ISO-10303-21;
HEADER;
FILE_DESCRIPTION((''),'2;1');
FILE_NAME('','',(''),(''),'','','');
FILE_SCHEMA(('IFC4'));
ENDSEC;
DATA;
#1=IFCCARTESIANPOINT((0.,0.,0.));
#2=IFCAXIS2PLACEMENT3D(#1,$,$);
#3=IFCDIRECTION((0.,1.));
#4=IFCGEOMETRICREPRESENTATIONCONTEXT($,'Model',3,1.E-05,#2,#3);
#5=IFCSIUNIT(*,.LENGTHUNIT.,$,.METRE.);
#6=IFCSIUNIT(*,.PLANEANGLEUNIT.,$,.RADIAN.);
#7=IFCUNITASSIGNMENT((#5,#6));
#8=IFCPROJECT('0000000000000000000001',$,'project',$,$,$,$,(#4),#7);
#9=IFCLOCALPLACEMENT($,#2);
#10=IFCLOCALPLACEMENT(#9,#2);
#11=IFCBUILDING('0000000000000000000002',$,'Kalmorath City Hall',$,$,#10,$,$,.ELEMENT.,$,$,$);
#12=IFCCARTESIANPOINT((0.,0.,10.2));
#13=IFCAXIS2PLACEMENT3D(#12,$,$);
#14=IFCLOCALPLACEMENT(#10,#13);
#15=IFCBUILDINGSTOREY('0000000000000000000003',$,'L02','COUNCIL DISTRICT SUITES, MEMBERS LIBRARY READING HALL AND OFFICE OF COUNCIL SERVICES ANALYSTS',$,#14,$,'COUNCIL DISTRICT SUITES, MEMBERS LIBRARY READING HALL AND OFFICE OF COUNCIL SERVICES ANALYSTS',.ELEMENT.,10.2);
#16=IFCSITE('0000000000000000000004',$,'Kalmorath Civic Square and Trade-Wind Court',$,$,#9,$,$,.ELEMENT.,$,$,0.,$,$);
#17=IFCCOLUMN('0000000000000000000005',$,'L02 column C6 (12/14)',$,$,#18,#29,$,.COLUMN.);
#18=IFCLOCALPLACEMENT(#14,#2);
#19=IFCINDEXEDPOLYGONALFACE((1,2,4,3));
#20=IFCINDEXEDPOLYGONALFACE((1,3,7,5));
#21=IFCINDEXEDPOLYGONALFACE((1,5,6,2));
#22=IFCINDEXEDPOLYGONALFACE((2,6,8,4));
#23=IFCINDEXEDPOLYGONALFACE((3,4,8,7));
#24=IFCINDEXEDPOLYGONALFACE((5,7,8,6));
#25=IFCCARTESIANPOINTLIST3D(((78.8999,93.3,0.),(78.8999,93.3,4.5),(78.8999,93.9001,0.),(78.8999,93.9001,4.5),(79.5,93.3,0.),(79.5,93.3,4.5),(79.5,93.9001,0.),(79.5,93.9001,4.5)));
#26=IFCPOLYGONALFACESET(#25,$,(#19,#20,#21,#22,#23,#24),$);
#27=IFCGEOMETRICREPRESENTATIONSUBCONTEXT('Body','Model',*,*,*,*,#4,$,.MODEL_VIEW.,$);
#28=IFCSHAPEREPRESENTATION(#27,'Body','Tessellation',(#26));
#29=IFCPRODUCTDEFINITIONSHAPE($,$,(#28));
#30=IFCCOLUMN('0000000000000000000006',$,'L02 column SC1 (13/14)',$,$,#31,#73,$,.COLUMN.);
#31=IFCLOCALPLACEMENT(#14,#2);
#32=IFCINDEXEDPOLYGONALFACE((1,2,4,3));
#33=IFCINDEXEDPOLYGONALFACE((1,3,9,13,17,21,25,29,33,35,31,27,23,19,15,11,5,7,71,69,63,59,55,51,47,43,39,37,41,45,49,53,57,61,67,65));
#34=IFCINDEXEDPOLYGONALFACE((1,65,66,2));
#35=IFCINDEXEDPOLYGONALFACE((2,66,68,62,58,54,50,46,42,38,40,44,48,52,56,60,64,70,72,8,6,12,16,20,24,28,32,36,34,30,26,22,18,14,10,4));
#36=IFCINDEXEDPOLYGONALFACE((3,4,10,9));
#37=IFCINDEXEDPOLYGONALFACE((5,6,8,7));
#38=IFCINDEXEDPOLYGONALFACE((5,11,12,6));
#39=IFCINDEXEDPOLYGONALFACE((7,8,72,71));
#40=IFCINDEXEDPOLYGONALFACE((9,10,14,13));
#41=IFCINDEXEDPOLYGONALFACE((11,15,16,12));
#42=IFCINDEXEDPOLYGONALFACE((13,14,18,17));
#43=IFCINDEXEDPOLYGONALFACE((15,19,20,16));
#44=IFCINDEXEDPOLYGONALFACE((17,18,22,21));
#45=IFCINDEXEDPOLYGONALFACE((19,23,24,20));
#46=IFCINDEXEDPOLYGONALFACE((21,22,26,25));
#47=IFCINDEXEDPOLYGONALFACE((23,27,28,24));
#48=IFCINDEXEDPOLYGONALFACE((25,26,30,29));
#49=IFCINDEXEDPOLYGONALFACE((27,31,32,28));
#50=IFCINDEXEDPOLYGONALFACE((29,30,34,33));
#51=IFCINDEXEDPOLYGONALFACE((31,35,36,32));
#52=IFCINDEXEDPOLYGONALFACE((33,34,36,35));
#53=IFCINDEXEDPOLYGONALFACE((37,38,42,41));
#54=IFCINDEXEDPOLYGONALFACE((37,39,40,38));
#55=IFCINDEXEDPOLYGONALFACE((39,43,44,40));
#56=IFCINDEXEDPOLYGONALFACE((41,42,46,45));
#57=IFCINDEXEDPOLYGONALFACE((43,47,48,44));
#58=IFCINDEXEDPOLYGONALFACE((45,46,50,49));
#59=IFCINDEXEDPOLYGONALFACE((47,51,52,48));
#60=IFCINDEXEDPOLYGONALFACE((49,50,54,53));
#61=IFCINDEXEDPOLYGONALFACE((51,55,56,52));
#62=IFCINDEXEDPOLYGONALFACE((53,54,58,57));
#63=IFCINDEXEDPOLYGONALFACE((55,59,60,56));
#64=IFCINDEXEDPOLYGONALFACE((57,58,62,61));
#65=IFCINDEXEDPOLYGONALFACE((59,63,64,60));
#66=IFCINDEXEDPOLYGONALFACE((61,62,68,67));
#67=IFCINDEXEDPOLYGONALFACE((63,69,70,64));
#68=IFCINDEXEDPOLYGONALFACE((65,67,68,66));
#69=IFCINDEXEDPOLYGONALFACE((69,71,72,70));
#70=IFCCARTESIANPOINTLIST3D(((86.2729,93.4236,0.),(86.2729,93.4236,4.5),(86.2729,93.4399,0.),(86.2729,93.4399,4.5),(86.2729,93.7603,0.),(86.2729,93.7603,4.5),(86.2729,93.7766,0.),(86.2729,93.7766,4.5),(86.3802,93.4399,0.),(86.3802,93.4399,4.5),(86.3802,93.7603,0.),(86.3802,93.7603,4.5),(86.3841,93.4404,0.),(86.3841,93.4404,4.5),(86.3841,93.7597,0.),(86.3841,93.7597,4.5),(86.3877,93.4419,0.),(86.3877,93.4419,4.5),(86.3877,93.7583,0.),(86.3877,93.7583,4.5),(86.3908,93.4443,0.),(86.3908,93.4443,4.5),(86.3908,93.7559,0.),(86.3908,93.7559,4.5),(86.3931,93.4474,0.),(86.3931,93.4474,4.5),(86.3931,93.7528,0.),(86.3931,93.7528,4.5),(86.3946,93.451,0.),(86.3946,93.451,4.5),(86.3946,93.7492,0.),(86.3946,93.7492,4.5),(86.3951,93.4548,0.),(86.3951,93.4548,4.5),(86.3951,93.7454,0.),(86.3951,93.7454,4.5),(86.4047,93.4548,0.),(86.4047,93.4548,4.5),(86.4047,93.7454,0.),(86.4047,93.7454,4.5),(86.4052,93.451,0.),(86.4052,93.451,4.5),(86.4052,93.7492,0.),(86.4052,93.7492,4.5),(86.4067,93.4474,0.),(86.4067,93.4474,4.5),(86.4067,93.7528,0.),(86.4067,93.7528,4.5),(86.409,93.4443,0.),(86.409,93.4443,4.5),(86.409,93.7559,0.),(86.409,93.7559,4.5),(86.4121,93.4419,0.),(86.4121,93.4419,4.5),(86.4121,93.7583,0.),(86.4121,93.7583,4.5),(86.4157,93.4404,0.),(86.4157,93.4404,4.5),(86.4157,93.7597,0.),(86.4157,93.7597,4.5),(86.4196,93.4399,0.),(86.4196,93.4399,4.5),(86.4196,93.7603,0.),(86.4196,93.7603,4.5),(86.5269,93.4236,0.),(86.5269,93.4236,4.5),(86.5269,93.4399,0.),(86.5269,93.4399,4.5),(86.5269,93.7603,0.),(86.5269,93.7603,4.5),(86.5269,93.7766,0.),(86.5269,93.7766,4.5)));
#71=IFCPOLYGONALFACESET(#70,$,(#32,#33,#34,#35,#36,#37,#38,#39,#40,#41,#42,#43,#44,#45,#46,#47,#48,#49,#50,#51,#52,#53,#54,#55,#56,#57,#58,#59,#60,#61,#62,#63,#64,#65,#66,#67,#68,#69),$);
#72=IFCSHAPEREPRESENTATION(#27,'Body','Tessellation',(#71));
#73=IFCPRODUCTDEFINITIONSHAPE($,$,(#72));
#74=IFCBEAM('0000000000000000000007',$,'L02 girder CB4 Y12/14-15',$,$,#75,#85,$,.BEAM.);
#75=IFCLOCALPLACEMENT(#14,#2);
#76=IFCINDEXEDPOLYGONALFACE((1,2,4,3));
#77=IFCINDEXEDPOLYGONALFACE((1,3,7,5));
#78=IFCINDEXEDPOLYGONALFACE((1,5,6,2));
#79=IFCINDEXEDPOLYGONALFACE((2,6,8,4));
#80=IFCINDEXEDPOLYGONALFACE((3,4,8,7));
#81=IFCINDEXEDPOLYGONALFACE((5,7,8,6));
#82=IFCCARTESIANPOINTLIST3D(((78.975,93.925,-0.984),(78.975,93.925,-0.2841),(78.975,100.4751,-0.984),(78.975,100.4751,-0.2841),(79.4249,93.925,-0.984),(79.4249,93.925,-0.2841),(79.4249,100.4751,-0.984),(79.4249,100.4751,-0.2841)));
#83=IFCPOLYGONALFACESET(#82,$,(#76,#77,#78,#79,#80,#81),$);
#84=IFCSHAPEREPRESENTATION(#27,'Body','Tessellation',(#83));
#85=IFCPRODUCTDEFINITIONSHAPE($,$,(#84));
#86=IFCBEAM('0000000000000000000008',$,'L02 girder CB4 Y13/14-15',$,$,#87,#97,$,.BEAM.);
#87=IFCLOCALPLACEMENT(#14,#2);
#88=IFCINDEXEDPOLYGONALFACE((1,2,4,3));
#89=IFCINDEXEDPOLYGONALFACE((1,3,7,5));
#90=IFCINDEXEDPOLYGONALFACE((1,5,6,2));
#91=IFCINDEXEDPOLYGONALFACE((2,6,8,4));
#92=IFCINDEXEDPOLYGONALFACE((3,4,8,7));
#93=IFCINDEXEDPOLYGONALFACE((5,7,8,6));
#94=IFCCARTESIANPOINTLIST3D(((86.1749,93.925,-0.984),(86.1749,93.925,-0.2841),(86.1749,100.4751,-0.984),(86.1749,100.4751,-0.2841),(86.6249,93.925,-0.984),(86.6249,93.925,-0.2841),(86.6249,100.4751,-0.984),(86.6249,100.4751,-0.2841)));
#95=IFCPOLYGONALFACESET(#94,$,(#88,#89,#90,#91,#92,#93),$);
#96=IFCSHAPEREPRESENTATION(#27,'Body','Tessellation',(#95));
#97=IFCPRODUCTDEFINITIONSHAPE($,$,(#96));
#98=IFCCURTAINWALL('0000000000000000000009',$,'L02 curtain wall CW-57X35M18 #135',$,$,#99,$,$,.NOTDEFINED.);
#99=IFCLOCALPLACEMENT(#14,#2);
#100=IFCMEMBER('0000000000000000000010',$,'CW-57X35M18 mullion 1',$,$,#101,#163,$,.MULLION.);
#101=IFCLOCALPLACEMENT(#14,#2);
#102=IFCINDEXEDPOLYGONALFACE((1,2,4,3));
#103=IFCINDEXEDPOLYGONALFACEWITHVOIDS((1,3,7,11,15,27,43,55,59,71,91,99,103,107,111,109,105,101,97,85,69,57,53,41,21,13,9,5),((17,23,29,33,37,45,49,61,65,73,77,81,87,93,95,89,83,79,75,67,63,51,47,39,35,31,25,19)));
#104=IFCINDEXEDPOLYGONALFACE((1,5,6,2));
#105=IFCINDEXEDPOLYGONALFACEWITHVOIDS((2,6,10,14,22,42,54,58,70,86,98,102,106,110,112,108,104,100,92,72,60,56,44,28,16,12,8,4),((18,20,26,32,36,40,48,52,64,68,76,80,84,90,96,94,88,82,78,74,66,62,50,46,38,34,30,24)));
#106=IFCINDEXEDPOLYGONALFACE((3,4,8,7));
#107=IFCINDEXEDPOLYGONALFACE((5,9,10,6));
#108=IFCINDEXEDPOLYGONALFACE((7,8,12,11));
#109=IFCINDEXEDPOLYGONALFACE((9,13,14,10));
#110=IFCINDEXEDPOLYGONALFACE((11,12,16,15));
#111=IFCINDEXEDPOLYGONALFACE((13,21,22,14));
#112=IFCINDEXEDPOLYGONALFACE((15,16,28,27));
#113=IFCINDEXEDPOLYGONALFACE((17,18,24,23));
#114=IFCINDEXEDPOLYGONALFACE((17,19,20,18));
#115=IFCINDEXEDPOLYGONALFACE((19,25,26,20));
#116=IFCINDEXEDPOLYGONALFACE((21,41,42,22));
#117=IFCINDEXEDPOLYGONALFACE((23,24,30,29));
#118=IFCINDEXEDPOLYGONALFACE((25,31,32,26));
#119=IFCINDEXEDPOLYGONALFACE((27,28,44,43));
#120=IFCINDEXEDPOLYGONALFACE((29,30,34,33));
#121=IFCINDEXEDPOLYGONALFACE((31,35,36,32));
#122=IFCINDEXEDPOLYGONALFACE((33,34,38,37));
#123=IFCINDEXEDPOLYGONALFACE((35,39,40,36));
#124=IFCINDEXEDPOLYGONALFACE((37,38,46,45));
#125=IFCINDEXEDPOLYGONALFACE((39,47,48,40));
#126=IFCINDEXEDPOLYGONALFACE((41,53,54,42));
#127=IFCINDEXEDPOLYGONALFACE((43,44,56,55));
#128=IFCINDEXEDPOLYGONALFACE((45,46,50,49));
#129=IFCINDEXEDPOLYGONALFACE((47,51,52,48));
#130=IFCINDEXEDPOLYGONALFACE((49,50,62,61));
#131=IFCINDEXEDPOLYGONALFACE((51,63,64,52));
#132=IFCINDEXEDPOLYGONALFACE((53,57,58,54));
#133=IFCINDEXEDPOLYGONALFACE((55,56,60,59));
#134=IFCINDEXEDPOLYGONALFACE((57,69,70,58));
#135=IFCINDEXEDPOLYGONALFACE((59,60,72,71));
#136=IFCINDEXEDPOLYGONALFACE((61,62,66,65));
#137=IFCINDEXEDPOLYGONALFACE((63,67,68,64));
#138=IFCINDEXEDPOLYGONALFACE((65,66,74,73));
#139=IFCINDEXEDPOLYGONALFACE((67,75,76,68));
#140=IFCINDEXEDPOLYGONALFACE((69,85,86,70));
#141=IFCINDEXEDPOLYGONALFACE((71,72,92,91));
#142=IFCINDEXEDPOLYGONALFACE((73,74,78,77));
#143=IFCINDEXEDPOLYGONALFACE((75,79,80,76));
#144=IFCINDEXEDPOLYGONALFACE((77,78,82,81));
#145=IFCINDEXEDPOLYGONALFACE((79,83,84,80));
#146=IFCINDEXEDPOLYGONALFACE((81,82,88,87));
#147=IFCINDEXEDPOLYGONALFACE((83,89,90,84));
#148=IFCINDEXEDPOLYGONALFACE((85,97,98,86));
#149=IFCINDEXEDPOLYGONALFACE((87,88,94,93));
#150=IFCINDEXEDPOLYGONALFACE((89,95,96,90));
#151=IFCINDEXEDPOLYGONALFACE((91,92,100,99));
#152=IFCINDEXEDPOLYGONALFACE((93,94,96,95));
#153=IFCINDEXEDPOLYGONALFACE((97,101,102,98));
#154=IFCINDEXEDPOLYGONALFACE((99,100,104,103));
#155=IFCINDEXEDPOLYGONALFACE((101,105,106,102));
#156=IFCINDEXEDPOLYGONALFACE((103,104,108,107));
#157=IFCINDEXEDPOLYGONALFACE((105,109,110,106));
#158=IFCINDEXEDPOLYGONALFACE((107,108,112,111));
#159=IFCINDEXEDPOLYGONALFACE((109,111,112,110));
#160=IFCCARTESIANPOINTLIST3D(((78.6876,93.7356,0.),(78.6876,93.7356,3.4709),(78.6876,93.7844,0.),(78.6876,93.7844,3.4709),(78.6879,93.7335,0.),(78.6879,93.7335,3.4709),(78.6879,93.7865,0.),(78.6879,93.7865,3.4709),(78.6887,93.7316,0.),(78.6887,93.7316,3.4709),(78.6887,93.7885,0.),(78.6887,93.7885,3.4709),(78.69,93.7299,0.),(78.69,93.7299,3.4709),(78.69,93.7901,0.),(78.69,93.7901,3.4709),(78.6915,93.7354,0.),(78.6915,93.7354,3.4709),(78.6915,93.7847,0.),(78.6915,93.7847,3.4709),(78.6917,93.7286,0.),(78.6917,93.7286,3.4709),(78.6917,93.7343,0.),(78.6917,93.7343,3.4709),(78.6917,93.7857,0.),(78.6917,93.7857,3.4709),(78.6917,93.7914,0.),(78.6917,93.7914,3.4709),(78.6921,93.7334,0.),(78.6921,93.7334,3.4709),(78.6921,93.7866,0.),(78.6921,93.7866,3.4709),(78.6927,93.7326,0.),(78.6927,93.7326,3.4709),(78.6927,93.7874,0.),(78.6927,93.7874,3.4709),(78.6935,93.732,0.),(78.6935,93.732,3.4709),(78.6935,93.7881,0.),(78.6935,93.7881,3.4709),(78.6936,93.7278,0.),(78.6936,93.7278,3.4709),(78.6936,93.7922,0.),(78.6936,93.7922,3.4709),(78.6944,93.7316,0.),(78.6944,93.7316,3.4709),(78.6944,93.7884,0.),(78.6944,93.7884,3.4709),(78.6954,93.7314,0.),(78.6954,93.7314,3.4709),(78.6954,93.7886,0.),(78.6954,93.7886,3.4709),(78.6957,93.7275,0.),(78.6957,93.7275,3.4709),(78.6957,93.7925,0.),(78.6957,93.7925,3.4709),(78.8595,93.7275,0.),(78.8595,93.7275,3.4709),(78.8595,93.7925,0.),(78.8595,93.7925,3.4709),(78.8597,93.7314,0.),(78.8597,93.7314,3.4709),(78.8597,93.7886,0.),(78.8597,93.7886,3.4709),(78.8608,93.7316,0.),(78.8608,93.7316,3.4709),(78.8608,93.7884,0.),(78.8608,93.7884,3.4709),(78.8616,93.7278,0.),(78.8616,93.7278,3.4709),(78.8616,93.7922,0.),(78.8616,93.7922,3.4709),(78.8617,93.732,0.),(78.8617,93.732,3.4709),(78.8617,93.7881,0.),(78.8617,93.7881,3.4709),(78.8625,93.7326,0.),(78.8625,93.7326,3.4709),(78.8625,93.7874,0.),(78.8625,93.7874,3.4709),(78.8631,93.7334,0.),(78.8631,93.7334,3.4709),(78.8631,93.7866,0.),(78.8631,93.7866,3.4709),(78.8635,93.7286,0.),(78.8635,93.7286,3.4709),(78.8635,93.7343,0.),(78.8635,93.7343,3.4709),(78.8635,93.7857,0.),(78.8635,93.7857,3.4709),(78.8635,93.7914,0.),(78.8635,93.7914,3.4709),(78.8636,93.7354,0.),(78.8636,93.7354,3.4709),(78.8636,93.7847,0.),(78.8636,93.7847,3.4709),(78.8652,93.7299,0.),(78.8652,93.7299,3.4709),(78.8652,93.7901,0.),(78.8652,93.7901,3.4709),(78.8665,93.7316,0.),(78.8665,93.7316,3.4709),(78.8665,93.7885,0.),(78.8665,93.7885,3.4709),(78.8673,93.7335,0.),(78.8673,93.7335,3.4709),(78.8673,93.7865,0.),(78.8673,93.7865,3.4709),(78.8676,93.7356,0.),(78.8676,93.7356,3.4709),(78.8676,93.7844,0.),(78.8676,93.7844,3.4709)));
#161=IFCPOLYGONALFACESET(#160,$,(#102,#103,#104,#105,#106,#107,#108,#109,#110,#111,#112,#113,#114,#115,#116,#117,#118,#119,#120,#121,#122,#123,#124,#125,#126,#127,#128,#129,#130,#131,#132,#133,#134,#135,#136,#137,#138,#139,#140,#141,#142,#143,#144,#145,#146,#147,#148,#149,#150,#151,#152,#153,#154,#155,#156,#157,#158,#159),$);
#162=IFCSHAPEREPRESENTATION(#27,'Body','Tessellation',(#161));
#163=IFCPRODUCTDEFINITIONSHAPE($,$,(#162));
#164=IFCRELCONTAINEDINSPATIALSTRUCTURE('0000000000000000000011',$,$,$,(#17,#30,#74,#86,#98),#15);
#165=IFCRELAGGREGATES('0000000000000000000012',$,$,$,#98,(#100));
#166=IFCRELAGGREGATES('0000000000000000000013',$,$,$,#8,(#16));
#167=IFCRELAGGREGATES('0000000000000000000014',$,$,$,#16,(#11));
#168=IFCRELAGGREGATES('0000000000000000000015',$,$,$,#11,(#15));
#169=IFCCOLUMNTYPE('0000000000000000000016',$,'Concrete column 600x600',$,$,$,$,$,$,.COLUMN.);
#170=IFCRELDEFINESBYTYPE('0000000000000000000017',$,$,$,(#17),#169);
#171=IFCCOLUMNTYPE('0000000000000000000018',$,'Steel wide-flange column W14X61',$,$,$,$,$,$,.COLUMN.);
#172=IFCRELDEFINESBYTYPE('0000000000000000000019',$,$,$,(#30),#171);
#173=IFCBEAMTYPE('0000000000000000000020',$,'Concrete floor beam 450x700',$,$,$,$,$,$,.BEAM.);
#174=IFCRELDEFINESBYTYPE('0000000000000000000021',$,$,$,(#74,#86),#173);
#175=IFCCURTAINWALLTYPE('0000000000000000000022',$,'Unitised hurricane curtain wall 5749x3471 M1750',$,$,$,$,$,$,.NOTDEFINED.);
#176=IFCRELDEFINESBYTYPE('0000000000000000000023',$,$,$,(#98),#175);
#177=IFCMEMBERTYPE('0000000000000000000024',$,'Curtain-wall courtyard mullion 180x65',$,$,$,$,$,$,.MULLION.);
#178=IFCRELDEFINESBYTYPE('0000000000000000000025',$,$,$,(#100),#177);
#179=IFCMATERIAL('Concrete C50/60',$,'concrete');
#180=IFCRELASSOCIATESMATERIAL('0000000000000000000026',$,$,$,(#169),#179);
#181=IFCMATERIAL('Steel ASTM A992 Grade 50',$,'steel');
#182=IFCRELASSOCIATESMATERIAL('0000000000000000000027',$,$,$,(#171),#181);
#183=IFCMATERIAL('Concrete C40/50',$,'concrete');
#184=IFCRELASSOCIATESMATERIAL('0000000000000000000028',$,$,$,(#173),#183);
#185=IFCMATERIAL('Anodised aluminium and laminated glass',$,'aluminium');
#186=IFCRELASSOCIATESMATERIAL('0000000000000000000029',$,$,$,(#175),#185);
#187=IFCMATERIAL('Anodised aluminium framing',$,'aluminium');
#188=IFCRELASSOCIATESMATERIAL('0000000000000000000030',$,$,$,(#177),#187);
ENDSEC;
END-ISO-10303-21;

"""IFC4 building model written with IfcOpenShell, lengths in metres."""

from ifc_helpers import new_model, si_unit, direction, frame, origin, origin_2d, place, context, subcontext, project, spatial, rectangle, hollow_rectangle, i_section, extrude, material, material_profile, profile_set, type_object, element, aggregate, save


model = new_model("IFC4")

# Units and contexts
model_context = context("Model", 3, precision=1e-05, world=origin(), true_north=direction((0.0, 1.0)))
body_context = subcontext(model_context, "Body", "Model", "MODEL_VIEW")
ifc_project = project(units=[si_unit("LENGTHUNIT", "METRE"), si_unit("PLANEANGLEUNIT", "RADIAN")], contexts=[model_context])

# Site, building, storey
site_placement = place(None, origin())
site = spatial("IfcSite", under=ifc_project, at=site_placement, Name="Kalmorath Civic Square and Trade-Wind Court", CompositionType="ELEMENT", RefElevation=0.0)
building_placement = place(site_placement, origin())
building = spatial("IfcBuilding", under=site, at=building_placement, Name="Kalmorath City Hall", CompositionType="ELEMENT")
storey_placement = place(building_placement, frame((0.0, 0.0, 10.2)))
storey = spatial("IfcBuildingStorey", under=building, at=storey_placement, Name="L02", Description="COUNCIL DISTRICT SUITES, MEMBERS LIBRARY READING HALL AND OFFICE OF COUNCIL SERVICES ANALYSTS", LongName="COUNCIL DISTRICT SUITES, MEMBERS LIBRARY READING HALL AND OFFICE OF COUNCIL SERVICES ANALYSTS", CompositionType="ELEMENT", Elevation=10.2)

# Columns
ifc_material_1 = material(Name="Concrete C50/60", Category="concrete")
ifc_material_profile_1 = material_profile(ifc_material_1, rectangle(XDim=0.6001, YDim=0.6001, at=origin_2d()), Name="RC-COL-600X600")
ifc_profile_set_1 = profile_set([ifc_material_profile_1], Name="Concrete C50/60")
column_type_1 = type_object("IfcColumnType", Name="Concrete column 600x600", PredefinedType="COLUMN", material=ifc_profile_set_1)
column_1_placement = place(storey_placement, frame((79.2, 93.6001, 0.0), z_axis=(0.0, 0.0, 1.0), x_axis=(1.0, 0.0, 0.0)))
element("IfcColumn", 1, at=column_1_placement, inside=storey, type_object=column_type_1, Name="L02 column C6 (12/14)", PredefinedType="COLUMN", context=body_context, shape_type="SweptSolid", body=[
    extrude(rectangle(XDim=0.6001, YDim=0.6001, at=origin_2d()), origin(), (0.0, 0.0, 1.0), 4.5),
])
ifc_material_2 = material(Name="Steel ASTM A992 Grade 50", Category="steel")
ifc_material_profile_2 = material_profile(ifc_material_2, i_section(OverallWidth=0.2539, OverallDepth=0.353, WebThickness=0.0095, FlangeThickness=0.0164, FilletRadius=0.0149, at=origin_2d()), Name="W14X61")
ifc_profile_set_2 = profile_set([ifc_material_profile_2], Name="Steel ASTM A992 Grade 50")
column_type_2 = type_object("IfcColumnType", Name="Steel wide-flange column W14X61", PredefinedType="COLUMN", material=ifc_profile_set_2)
column_2_placement = place(storey_placement, frame((86.3999, 93.6001, 0.0), z_axis=(0.0, 0.0, 1.0), x_axis=(1.0, 0.0, 0.0)))
element("IfcColumn", 2, at=column_2_placement, inside=storey, type_object=column_type_2, Name="L02 column SC1 (13/14)", PredefinedType="COLUMN", context=body_context, shape_type="SweptSolid", body=[
    extrude(i_section(OverallWidth=0.2539, OverallDepth=0.353, WebThickness=0.0095, FlangeThickness=0.0164, FilletRadius=0.0149, at=origin_2d()), origin(), (0.0, 0.0, 1.0), 4.5),
])

# Beams
ifc_material_3 = material(Name="Concrete C40/50", Category="concrete")
ifc_material_profile_3 = material_profile(ifc_material_3, rectangle(XDim=0.45, YDim=0.7, at=origin_2d()), Name="RC-BM-450X700")
ifc_profile_set_3 = profile_set([ifc_material_profile_3], Name="Concrete C40/50")
beam_type_1 = type_object("IfcBeamType", Name="Concrete floor beam 450x700", PredefinedType="BEAM", material=ifc_profile_set_3)
for number, where, z_axis, x_axis, name in (
    (3, (79.2, 93.925, -0.634), (0.0, 1.0, 0.0), (-1.0, 0.0, 0.0), "L02 girder CB4 Y12/14-15"),
    (4, (86.3999, 93.925, -0.634), (0.0, 1.0, 0.0), (-1.0, 0.0, 0.0), "L02 girder CB4 Y13/14-15"),
):
    element("IfcBeam", number, at=place(storey_placement, frame(where, z_axis=z_axis, x_axis=x_axis)), inside=storey, type_object=beam_type_1, Name=name, PredefinedType="BEAM", context=body_context, shape_type="SweptSolid", body=[
        extrude(rectangle(XDim=0.45, YDim=0.7, at=origin_2d()), origin(), (0.0, 0.0, 1.0), 6.55),
    ])

# Curtain wall, member
ifc_material_4 = material(Name="Anodised aluminium and laminated glass", Category="aluminium")
curtain_wall_type = type_object("IfcCurtainWallType", Name="Unitised hurricane curtain wall 5749x3471 M1750", PredefinedType="NOTDEFINED", material=ifc_material_4)
curtain_wall_placement = place(storey_placement, origin())
curtain_wall = element("IfcCurtainWall", 5, at=curtain_wall_placement, inside=storey, type_object=curtain_wall_type, Name="L02 curtain wall CW-57X35M18 #135", PredefinedType="NOTDEFINED")
ifc_material_5 = material(Name="Anodised aluminium framing", Category="aluminium")
ifc_material_profile_4 = material_profile(ifc_material_5, hollow_rectangle(XDim=0.0649, YDim=0.1799, WallThickness=0.0039, InnerFilletRadius=0.0039, OuterFilletRadius=0.0081, at=origin_2d()), Name="ALU-MUL-180X65X4")
ifc_profile_set_4 = profile_set([ifc_material_profile_4], Name="Anodised aluminium framing")
member_type_1 = type_object("IfcMemberType", Name="Curtain-wall courtyard mullion 180x65", PredefinedType="MULLION", material=ifc_profile_set_4)
member_1_placement = place(storey_placement, frame((78.7776, 93.76, 0.0), z_axis=(0.0, 0.0, 1.0), x_axis=(0.0, -1.0, 0.0)))
member_1 = element("IfcMember", 6, at=member_1_placement, type_object=member_type_1, Name="CW-57X35M18 mullion 1", PredefinedType="MULLION", context=body_context, shape_type="SweptSolid", body=[
    extrude(hollow_rectangle(XDim=0.0649, YDim=0.1799, WallThickness=0.0039, InnerFilletRadius=0.0039, OuterFilletRadius=0.0081, at=origin_2d()), origin(), (0.0, 0.0, 1.0), 3.4709),
])

aggregate(curtain_wall, [member_1])

save(model, "model.ifc")
